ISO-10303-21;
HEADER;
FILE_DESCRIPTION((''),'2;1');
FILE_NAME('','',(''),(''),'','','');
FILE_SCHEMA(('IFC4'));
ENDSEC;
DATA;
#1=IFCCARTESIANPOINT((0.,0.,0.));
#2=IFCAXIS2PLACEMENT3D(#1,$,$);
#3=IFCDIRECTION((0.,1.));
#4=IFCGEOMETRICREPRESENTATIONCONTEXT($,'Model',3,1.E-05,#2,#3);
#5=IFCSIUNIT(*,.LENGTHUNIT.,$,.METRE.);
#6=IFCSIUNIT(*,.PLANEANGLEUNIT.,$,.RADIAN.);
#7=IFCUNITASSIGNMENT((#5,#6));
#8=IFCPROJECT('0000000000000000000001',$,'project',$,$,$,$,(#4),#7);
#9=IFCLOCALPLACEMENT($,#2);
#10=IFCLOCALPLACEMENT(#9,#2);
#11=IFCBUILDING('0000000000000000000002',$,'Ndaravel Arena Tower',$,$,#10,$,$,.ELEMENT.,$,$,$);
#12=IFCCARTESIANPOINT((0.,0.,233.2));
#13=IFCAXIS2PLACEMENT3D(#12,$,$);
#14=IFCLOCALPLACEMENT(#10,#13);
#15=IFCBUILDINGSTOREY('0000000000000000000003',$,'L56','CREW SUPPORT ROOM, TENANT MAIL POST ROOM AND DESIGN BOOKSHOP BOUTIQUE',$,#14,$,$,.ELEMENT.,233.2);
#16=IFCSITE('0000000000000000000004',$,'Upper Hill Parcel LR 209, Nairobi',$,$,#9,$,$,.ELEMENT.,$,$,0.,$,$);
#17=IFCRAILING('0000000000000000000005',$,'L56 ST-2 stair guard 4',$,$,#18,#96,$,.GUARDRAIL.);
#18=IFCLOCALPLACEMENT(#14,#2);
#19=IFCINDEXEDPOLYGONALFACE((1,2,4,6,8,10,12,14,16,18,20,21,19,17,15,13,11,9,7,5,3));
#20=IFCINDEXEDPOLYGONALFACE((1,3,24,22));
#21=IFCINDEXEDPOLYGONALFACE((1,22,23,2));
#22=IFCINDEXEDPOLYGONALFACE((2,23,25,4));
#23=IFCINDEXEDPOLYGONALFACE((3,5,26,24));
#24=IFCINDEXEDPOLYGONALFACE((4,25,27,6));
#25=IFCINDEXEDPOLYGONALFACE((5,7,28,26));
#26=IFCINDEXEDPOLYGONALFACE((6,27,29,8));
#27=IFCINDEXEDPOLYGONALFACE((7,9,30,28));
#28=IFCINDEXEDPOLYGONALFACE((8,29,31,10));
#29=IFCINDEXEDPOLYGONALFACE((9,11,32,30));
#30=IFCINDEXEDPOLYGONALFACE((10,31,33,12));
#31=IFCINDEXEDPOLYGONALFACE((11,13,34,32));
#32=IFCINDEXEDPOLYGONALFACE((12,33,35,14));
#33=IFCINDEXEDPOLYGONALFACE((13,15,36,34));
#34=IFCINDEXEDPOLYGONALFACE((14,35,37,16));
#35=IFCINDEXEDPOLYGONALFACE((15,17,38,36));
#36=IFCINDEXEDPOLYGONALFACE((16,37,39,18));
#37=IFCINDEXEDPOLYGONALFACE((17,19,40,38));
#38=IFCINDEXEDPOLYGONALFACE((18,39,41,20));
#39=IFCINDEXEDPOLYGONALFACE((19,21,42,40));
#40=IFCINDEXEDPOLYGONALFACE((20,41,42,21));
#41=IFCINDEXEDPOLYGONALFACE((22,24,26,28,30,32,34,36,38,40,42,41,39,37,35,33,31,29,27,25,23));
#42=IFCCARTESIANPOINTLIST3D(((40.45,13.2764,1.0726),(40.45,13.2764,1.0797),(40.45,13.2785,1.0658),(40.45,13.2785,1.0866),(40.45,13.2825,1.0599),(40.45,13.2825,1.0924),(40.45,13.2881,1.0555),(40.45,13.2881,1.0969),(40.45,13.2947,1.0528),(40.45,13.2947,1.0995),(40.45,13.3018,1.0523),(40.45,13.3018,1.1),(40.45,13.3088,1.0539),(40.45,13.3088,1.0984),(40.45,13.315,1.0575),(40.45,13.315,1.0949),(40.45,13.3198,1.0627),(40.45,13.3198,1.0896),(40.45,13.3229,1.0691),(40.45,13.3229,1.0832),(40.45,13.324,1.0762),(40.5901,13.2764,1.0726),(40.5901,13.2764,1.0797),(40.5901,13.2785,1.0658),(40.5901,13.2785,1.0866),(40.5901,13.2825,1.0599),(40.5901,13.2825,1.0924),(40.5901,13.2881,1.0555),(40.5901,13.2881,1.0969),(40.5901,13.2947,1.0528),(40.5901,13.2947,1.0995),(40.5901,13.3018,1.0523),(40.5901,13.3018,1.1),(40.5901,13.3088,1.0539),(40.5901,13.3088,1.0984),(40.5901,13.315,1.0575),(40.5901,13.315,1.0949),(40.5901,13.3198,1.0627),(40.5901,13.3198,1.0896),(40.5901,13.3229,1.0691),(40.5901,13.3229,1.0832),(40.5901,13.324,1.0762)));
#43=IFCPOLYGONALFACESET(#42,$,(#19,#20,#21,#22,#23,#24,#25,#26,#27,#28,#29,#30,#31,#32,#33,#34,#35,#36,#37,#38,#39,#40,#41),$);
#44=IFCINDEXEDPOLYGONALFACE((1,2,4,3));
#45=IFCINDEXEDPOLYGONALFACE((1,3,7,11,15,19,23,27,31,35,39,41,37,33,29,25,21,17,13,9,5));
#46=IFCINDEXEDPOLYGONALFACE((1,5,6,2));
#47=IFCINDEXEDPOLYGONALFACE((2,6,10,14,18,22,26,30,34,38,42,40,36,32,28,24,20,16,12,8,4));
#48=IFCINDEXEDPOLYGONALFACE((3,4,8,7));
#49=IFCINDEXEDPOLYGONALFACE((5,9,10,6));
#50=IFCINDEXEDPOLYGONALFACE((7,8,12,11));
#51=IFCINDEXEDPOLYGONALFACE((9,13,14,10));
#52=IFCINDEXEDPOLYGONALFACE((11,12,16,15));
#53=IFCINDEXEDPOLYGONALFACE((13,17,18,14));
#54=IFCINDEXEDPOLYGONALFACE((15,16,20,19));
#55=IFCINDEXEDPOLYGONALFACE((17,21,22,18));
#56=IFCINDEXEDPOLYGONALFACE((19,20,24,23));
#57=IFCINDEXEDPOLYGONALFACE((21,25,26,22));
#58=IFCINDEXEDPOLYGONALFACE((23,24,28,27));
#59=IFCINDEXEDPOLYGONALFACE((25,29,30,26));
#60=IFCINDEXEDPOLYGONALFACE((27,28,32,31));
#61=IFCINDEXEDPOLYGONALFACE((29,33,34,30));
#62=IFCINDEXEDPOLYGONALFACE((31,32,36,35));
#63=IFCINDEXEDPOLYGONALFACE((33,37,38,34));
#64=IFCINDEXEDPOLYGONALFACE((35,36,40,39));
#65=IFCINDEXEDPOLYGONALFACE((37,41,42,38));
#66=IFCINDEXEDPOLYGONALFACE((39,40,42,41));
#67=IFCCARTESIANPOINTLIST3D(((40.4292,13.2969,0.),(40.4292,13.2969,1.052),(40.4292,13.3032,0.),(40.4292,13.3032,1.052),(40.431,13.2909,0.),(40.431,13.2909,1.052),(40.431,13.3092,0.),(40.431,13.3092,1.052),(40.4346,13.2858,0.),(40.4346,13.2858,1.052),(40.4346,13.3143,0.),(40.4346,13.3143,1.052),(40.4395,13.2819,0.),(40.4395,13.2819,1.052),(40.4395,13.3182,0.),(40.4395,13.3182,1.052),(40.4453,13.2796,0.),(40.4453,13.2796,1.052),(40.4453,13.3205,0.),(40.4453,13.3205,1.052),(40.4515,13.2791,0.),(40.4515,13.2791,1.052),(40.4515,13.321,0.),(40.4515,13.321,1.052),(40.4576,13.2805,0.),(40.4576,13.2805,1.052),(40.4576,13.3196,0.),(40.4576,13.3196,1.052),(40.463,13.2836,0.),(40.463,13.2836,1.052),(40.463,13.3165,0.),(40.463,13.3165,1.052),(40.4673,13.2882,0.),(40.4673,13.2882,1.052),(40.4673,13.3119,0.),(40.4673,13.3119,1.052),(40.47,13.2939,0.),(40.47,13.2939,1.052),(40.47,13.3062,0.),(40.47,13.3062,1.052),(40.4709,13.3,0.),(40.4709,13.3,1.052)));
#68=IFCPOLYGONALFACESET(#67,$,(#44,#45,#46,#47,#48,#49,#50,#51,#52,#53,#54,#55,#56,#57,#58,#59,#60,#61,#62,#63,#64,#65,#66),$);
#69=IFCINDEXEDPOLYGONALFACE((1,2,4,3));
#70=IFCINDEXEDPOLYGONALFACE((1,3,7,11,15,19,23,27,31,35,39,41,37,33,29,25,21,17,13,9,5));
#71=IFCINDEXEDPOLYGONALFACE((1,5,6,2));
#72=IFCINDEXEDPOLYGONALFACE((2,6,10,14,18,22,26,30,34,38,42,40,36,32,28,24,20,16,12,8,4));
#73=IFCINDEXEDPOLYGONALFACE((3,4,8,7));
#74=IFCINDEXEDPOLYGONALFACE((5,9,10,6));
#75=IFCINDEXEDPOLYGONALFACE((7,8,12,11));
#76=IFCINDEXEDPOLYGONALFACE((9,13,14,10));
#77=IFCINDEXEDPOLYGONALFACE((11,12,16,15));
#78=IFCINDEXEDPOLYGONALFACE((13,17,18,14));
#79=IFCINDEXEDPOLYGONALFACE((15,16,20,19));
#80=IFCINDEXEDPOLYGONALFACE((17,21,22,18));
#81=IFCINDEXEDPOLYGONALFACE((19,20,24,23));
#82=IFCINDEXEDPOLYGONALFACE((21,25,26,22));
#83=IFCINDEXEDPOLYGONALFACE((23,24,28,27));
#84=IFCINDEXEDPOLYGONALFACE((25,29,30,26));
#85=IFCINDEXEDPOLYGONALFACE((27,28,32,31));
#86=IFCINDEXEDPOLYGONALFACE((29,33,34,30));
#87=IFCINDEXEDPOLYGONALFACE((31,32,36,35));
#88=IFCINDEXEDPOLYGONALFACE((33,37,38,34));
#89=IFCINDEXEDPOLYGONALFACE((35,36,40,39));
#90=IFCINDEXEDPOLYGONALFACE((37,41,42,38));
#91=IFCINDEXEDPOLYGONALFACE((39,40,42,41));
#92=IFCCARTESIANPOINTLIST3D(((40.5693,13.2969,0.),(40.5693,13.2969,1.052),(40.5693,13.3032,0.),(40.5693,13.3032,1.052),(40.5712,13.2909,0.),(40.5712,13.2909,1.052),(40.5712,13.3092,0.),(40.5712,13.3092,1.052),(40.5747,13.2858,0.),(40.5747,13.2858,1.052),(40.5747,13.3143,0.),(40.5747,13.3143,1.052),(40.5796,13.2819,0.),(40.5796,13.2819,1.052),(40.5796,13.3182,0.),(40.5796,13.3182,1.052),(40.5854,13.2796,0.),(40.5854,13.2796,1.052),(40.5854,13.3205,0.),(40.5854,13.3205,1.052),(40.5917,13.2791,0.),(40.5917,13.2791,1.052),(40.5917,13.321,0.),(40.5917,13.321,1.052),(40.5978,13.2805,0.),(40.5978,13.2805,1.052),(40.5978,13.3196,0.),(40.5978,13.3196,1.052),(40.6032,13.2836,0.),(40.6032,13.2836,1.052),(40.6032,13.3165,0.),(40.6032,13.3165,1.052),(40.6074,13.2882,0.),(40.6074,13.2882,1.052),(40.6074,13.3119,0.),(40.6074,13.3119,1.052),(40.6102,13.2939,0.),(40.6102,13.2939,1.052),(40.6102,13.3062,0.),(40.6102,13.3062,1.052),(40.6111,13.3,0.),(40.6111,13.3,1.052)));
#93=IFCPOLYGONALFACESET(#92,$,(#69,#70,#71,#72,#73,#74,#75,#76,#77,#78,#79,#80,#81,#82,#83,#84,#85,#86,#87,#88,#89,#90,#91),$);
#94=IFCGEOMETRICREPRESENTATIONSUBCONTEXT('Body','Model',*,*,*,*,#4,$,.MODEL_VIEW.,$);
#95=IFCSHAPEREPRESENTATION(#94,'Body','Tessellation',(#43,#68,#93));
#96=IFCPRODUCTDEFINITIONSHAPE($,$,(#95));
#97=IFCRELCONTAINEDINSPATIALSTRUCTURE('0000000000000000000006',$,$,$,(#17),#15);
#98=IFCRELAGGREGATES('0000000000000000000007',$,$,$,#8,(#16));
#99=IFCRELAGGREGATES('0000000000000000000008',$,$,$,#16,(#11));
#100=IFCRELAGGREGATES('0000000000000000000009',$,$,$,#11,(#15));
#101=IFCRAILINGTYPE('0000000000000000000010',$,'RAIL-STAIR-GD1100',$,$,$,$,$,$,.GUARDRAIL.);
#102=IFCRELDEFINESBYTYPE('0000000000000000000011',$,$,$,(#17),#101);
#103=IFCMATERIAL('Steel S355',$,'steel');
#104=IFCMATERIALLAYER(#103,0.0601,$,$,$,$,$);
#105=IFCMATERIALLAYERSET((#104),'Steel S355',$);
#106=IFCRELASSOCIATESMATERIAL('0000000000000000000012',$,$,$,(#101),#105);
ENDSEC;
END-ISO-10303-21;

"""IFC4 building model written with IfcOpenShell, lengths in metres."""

from ifc_helpers import new_model, si_unit, direction, frame, origin, origin_2d, place, context, subcontext, project, spatial, circle, extrude, material, layer, layer_set, type_object, element, save


model = new_model("IFC4")

# Units and contexts
model_context = context("Model", 3, precision=1e-05, world=origin(), true_north=direction((0.0, 1.0)))
body_context = subcontext(model_context, "Body", "Model", "MODEL_VIEW")
ifc_project = project(units=[si_unit("LENGTHUNIT", "METRE"), si_unit("PLANEANGLEUNIT", "RADIAN")], contexts=[model_context])

# Site, building, storey
site_placement = place(None, origin())
site = spatial("IfcSite", under=ifc_project, at=site_placement, Name="Upper Hill Parcel LR 209, Nairobi", CompositionType="ELEMENT", RefElevation=0.0)
building_placement = place(site_placement, origin())
building = spatial("IfcBuilding", under=site, at=building_placement, Name="Ndaravel Arena Tower", CompositionType="ELEMENT")
storey_placement = place(building_placement, frame((0.0, 0.0, 233.2)))
storey = spatial("IfcBuildingStorey", under=building, at=storey_placement, Name="L56", Description="CREW SUPPORT ROOM, TENANT MAIL POST ROOM AND DESIGN BOOKSHOP BOUTIQUE", CompositionType="ELEMENT", Elevation=233.2)

# Railing
ifc_material_1 = material(Name="Steel S355", Category="steel")
ifc_layer_1 = layer(ifc_material_1, 0.0601)
ifc_layer_set_1 = layer_set([ifc_layer_1], Name="Steel S355")
railing_type_1 = type_object("IfcRailingType", Name="RAIL-STAIR-GD1100", PredefinedType="GUARDRAIL", material=ifc_layer_set_1)
railing_1_placement = place(storey_placement, frame((40.45, 13.3, 0.0)))
element("IfcRailing", 1, at=railing_1_placement, inside=storey, type_object=railing_type_1, Name="L56 ST-2 stair guard 4", PredefinedType="GUARDRAIL", context=body_context, shape_type="SweptSolid", body=[
    extrude(circle(Radius=0.0239, at=origin_2d()), frame((0.0, 0.0, 1.0762), z_axis=(1.0, 0.0, 0.0), x_axis=(0.0, 1.0, 0.0)), (0.0, 0.0, 1.0), 0.1401),
    extrude(circle(Radius=0.021, at=origin_2d()), origin(), (0.0, 0.0, 1.0), 1.052),
    extrude(circle(Radius=0.021, at=origin_2d()), frame((0.1401, 0.0, 0.0)), (0.0, 0.0, 1.0), 1.052),
])

save(model, "model.ifc")
